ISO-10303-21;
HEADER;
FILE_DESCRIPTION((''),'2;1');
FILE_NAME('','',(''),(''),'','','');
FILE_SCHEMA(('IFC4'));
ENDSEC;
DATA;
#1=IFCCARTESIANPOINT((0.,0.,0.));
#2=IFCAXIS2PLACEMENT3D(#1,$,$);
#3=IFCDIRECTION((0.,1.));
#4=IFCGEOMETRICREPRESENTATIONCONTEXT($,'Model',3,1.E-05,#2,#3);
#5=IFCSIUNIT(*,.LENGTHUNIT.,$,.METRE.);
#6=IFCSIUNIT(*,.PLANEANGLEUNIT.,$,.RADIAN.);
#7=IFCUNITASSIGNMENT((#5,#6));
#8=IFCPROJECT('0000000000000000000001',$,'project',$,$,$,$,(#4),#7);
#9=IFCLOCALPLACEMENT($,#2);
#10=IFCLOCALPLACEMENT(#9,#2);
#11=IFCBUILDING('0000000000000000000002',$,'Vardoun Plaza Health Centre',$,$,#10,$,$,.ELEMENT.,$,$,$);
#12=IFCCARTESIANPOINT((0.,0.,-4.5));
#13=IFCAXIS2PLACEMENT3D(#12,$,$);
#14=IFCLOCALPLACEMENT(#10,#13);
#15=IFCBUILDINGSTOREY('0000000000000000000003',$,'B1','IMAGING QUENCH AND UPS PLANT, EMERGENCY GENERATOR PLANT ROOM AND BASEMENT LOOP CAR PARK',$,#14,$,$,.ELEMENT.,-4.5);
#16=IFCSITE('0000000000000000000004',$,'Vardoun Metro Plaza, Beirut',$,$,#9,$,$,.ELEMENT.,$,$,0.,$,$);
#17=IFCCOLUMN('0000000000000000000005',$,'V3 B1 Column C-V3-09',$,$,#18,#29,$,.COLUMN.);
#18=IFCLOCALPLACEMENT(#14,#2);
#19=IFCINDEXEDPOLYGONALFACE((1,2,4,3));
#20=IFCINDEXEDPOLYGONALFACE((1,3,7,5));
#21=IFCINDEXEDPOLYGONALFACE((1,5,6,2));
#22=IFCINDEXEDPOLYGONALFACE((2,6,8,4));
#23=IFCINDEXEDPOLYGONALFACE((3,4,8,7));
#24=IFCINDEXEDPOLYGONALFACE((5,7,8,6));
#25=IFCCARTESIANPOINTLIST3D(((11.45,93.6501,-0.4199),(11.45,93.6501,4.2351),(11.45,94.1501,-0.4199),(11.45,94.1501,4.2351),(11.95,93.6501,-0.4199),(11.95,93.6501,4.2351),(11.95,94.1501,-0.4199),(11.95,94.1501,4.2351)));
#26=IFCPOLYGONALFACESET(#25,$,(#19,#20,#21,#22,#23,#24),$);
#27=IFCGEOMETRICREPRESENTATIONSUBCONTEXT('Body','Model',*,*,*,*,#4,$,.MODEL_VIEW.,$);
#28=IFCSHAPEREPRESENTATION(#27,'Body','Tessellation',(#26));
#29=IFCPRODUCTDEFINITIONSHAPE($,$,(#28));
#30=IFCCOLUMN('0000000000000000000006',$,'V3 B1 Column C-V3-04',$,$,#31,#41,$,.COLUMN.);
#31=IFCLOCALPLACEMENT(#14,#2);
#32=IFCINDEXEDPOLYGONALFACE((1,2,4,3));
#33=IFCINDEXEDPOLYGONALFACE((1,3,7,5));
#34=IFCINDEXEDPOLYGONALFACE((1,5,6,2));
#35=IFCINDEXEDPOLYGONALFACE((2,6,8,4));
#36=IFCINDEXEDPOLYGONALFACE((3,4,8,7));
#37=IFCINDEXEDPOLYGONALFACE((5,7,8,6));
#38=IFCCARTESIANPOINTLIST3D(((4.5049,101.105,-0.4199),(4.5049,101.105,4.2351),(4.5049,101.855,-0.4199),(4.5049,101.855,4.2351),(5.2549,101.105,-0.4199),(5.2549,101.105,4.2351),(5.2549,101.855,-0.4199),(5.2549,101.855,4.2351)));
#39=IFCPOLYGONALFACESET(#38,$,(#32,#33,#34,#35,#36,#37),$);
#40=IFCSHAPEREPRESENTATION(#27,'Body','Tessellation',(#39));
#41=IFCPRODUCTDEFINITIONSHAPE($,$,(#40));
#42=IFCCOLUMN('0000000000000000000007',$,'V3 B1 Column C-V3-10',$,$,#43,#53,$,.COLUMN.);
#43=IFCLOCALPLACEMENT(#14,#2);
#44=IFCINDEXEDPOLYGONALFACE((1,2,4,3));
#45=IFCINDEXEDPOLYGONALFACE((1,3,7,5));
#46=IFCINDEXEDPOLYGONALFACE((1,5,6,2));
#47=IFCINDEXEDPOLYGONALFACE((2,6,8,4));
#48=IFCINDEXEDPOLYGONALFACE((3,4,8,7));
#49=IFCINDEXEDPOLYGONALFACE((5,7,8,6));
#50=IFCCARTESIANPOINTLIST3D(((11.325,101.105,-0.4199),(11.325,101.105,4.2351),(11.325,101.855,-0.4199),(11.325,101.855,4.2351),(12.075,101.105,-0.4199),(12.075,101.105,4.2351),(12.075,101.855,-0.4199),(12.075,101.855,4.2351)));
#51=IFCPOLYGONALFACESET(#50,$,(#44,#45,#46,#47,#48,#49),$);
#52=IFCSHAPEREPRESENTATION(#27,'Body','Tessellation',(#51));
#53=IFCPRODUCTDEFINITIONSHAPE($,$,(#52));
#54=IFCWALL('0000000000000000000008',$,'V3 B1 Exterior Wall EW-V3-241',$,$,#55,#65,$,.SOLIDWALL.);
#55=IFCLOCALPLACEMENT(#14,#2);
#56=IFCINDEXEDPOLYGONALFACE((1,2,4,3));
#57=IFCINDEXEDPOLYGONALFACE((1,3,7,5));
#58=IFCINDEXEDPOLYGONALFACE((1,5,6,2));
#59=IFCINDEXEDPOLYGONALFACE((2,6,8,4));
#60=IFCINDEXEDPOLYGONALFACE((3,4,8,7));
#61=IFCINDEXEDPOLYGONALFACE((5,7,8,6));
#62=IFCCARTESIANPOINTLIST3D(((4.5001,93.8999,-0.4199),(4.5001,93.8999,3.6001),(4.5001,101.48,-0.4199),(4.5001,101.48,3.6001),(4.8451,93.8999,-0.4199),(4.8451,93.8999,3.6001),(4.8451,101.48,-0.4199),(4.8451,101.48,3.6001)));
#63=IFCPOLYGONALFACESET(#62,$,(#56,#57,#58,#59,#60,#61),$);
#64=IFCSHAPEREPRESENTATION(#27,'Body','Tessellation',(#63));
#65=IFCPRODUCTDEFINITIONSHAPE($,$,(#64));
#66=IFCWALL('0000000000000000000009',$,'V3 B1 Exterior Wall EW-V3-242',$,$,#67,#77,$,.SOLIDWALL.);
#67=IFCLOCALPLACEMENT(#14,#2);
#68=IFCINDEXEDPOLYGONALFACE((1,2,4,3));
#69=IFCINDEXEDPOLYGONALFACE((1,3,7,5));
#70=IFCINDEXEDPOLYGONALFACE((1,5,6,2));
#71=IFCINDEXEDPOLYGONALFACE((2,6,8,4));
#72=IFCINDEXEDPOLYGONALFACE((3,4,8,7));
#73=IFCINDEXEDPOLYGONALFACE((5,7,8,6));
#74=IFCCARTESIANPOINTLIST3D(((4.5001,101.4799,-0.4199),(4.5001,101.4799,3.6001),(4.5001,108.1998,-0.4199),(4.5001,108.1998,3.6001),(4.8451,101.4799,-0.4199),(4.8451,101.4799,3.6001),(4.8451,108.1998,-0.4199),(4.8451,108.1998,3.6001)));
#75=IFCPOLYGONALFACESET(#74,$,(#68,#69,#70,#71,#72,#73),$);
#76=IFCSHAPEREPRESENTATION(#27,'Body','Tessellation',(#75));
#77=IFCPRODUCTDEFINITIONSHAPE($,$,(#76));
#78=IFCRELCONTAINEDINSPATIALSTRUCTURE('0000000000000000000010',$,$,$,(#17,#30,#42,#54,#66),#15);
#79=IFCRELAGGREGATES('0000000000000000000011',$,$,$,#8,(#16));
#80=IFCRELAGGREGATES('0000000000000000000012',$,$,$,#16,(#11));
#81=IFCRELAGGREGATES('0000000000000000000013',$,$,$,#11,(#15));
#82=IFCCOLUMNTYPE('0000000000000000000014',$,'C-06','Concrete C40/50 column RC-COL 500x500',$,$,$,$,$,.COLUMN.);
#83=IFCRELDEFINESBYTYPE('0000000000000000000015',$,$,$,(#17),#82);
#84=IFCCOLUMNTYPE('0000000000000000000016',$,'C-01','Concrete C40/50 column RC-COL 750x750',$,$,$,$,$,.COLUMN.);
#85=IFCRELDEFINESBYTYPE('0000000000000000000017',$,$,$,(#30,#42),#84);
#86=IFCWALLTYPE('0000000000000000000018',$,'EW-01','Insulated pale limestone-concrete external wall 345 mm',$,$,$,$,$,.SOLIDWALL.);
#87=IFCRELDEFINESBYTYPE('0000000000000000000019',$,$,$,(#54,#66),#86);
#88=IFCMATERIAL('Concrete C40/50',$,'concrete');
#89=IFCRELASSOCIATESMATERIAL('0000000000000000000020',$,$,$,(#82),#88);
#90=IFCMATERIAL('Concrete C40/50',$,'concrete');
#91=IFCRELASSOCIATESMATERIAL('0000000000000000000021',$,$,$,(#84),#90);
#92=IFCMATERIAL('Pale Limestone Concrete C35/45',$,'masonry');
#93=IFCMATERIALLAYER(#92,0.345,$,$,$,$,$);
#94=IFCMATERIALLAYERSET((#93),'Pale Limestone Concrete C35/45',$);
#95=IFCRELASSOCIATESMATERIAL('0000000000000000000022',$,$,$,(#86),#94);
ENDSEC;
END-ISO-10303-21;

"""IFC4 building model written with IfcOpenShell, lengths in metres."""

from ifc_helpers import new_model, si_unit, direction, frame, frame_2d, origin, origin_2d, place, context, subcontext, project, spatial, rectangle, extrude, material, layer, layer_set, material_profile, profile_set, type_object, element, save


model = new_model("IFC4")

# Units and contexts
model_context = context("Model", 3, precision=1e-05, world=origin(), true_north=direction((0.0, 1.0)))
body_context = subcontext(model_context, "Body", "Model", "MODEL_VIEW")
ifc_project = project(units=[si_unit("LENGTHUNIT", "METRE"), si_unit("PLANEANGLEUNIT", "RADIAN")], contexts=[model_context])

# Site, building, storey
site_placement = place(None, origin())
site = spatial("IfcSite", under=ifc_project, at=site_placement, Name="Vardoun Metro Plaza, Beirut", CompositionType="ELEMENT", RefElevation=0.0)
building_placement = place(site_placement, origin())
building = spatial("IfcBuilding", under=site, at=building_placement, Name="Vardoun Plaza Health Centre", CompositionType="ELEMENT")
storey_placement = place(building_placement, frame((0.0, 0.0, -4.5)))
storey = spatial("IfcBuildingStorey", under=building, at=storey_placement, Name="B1", Description="IMAGING QUENCH AND UPS PLANT, EMERGENCY GENERATOR PLANT ROOM AND BASEMENT LOOP CAR PARK", CompositionType="ELEMENT", Elevation=-4.5)

# Columns
ifc_material_1 = material(Name="Concrete C40/50", Category="concrete")
ifc_material_profile_1 = material_profile(ifc_material_1, rectangle(XDim=0.5, YDim=0.5, at=origin_2d()), Name="RC-COL 500x500")
ifc_profile_set_1 = profile_set([ifc_material_profile_1], Name="Concrete C40/50")
column_type_1 = type_object("IfcColumnType", Name="C-06", Description="Concrete C40/50 column RC-COL 500x500", PredefinedType="COLUMN", material=ifc_profile_set_1)
for number, where, z_axis, x_axis, name in (
    (1, (11.7, 93.9001, -0.4199), (0.0, 0.0, 1.0), (1.0, 0.0, 0.0), "V3 B1 Column C-V3-09"),
):
    element("IfcColumn", number, at=place(storey_placement, frame(where, z_axis=z_axis, x_axis=x_axis)), inside=storey, type_object=column_type_1, Name=name, PredefinedType="COLUMN", context=body_context, shape_type="SweptSolid", body=[
        extrude(rectangle(XDim=0.5, YDim=0.5, at=origin_2d()), origin(), (0.0, 0.0, 1.0), 4.655),
    ])
ifc_material_2 = material(Name="Concrete C40/50", Category="concrete")
ifc_material_profile_2 = material_profile(ifc_material_2, rectangle(XDim=0.75, YDim=0.75, at=origin_2d()), Name="RC-COL 750x750")
ifc_profile_set_2 = profile_set([ifc_material_profile_2], Name="Concrete C40/50")
column_type_2 = type_object("IfcColumnType", Name="C-01", Description="Concrete C40/50 column RC-COL 750x750", PredefinedType="COLUMN", material=ifc_profile_set_2)
for number, where, z_axis, x_axis, name in (
    (2, (4.8799, 101.48, -0.4199), (0.0, 0.0, 1.0), (1.0, 0.0, 0.0), "V3 B1 Column C-V3-04"),
    (3, (11.7, 101.48, -0.4199), (0.0, 0.0, 1.0), (1.0, 0.0, 0.0), "V3 B1 Column C-V3-10"),
):
    element("IfcColumn", number, at=place(storey_placement, frame(where, z_axis=z_axis, x_axis=x_axis)), inside=storey, type_object=column_type_2, Name=name, PredefinedType="COLUMN", context=body_context, shape_type="SweptSolid", body=[
        extrude(rectangle(XDim=0.75, YDim=0.75, at=origin_2d()), origin(), (0.0, 0.0, 1.0), 4.655),
    ])

# Walls
ifc_material_3 = material(Name="Pale Limestone Concrete C35/45", Category="masonry")
ifc_layer = layer(ifc_material_3, 0.345)
ifc_layer_set = layer_set([ifc_layer], Name="Pale Limestone Concrete C35/45")
wall_type = type_object("IfcWallType", Name="EW-01", Description="Insulated pale limestone-concrete external wall 345 mm", PredefinedType="SOLIDWALL", material=ifc_layer_set)
wall_1_placement = place(storey_placement, frame((4.6726, 93.8999, -0.4199), z_axis=(0.0, 0.0, 1.0), x_axis=(0.0, 1.0, 0.0)))
element("IfcWall", 4, at=wall_1_placement, inside=storey, type_object=wall_type, Name="V3 B1 Exterior Wall EW-V3-241", PredefinedType="SOLIDWALL", context=body_context, shape_type="SweptSolid", body=[
    extrude(rectangle(XDim=7.5801, YDim=0.345, at=frame_2d((3.79, 0.0))), origin(), (0.0, 0.0, 1.0), 4.02),
])
wall_2_placement = place(storey_placement, frame((4.6726, 101.48, -0.4199), z_axis=(0.0, 0.0, 1.0), x_axis=(0.0, 1.0, 0.0)))
element("IfcWall", 5, at=wall_2_placement, inside=storey, type_object=wall_type, Name="V3 B1 Exterior Wall EW-V3-242", PredefinedType="SOLIDWALL", context=body_context, shape_type="SweptSolid", body=[
    extrude(rectangle(XDim=6.72, YDim=0.345, at=frame_2d((3.3599, 0.0))), origin(), (0.0, 0.0, 1.0), 4.02),
])

save(model, "model.ifc")
